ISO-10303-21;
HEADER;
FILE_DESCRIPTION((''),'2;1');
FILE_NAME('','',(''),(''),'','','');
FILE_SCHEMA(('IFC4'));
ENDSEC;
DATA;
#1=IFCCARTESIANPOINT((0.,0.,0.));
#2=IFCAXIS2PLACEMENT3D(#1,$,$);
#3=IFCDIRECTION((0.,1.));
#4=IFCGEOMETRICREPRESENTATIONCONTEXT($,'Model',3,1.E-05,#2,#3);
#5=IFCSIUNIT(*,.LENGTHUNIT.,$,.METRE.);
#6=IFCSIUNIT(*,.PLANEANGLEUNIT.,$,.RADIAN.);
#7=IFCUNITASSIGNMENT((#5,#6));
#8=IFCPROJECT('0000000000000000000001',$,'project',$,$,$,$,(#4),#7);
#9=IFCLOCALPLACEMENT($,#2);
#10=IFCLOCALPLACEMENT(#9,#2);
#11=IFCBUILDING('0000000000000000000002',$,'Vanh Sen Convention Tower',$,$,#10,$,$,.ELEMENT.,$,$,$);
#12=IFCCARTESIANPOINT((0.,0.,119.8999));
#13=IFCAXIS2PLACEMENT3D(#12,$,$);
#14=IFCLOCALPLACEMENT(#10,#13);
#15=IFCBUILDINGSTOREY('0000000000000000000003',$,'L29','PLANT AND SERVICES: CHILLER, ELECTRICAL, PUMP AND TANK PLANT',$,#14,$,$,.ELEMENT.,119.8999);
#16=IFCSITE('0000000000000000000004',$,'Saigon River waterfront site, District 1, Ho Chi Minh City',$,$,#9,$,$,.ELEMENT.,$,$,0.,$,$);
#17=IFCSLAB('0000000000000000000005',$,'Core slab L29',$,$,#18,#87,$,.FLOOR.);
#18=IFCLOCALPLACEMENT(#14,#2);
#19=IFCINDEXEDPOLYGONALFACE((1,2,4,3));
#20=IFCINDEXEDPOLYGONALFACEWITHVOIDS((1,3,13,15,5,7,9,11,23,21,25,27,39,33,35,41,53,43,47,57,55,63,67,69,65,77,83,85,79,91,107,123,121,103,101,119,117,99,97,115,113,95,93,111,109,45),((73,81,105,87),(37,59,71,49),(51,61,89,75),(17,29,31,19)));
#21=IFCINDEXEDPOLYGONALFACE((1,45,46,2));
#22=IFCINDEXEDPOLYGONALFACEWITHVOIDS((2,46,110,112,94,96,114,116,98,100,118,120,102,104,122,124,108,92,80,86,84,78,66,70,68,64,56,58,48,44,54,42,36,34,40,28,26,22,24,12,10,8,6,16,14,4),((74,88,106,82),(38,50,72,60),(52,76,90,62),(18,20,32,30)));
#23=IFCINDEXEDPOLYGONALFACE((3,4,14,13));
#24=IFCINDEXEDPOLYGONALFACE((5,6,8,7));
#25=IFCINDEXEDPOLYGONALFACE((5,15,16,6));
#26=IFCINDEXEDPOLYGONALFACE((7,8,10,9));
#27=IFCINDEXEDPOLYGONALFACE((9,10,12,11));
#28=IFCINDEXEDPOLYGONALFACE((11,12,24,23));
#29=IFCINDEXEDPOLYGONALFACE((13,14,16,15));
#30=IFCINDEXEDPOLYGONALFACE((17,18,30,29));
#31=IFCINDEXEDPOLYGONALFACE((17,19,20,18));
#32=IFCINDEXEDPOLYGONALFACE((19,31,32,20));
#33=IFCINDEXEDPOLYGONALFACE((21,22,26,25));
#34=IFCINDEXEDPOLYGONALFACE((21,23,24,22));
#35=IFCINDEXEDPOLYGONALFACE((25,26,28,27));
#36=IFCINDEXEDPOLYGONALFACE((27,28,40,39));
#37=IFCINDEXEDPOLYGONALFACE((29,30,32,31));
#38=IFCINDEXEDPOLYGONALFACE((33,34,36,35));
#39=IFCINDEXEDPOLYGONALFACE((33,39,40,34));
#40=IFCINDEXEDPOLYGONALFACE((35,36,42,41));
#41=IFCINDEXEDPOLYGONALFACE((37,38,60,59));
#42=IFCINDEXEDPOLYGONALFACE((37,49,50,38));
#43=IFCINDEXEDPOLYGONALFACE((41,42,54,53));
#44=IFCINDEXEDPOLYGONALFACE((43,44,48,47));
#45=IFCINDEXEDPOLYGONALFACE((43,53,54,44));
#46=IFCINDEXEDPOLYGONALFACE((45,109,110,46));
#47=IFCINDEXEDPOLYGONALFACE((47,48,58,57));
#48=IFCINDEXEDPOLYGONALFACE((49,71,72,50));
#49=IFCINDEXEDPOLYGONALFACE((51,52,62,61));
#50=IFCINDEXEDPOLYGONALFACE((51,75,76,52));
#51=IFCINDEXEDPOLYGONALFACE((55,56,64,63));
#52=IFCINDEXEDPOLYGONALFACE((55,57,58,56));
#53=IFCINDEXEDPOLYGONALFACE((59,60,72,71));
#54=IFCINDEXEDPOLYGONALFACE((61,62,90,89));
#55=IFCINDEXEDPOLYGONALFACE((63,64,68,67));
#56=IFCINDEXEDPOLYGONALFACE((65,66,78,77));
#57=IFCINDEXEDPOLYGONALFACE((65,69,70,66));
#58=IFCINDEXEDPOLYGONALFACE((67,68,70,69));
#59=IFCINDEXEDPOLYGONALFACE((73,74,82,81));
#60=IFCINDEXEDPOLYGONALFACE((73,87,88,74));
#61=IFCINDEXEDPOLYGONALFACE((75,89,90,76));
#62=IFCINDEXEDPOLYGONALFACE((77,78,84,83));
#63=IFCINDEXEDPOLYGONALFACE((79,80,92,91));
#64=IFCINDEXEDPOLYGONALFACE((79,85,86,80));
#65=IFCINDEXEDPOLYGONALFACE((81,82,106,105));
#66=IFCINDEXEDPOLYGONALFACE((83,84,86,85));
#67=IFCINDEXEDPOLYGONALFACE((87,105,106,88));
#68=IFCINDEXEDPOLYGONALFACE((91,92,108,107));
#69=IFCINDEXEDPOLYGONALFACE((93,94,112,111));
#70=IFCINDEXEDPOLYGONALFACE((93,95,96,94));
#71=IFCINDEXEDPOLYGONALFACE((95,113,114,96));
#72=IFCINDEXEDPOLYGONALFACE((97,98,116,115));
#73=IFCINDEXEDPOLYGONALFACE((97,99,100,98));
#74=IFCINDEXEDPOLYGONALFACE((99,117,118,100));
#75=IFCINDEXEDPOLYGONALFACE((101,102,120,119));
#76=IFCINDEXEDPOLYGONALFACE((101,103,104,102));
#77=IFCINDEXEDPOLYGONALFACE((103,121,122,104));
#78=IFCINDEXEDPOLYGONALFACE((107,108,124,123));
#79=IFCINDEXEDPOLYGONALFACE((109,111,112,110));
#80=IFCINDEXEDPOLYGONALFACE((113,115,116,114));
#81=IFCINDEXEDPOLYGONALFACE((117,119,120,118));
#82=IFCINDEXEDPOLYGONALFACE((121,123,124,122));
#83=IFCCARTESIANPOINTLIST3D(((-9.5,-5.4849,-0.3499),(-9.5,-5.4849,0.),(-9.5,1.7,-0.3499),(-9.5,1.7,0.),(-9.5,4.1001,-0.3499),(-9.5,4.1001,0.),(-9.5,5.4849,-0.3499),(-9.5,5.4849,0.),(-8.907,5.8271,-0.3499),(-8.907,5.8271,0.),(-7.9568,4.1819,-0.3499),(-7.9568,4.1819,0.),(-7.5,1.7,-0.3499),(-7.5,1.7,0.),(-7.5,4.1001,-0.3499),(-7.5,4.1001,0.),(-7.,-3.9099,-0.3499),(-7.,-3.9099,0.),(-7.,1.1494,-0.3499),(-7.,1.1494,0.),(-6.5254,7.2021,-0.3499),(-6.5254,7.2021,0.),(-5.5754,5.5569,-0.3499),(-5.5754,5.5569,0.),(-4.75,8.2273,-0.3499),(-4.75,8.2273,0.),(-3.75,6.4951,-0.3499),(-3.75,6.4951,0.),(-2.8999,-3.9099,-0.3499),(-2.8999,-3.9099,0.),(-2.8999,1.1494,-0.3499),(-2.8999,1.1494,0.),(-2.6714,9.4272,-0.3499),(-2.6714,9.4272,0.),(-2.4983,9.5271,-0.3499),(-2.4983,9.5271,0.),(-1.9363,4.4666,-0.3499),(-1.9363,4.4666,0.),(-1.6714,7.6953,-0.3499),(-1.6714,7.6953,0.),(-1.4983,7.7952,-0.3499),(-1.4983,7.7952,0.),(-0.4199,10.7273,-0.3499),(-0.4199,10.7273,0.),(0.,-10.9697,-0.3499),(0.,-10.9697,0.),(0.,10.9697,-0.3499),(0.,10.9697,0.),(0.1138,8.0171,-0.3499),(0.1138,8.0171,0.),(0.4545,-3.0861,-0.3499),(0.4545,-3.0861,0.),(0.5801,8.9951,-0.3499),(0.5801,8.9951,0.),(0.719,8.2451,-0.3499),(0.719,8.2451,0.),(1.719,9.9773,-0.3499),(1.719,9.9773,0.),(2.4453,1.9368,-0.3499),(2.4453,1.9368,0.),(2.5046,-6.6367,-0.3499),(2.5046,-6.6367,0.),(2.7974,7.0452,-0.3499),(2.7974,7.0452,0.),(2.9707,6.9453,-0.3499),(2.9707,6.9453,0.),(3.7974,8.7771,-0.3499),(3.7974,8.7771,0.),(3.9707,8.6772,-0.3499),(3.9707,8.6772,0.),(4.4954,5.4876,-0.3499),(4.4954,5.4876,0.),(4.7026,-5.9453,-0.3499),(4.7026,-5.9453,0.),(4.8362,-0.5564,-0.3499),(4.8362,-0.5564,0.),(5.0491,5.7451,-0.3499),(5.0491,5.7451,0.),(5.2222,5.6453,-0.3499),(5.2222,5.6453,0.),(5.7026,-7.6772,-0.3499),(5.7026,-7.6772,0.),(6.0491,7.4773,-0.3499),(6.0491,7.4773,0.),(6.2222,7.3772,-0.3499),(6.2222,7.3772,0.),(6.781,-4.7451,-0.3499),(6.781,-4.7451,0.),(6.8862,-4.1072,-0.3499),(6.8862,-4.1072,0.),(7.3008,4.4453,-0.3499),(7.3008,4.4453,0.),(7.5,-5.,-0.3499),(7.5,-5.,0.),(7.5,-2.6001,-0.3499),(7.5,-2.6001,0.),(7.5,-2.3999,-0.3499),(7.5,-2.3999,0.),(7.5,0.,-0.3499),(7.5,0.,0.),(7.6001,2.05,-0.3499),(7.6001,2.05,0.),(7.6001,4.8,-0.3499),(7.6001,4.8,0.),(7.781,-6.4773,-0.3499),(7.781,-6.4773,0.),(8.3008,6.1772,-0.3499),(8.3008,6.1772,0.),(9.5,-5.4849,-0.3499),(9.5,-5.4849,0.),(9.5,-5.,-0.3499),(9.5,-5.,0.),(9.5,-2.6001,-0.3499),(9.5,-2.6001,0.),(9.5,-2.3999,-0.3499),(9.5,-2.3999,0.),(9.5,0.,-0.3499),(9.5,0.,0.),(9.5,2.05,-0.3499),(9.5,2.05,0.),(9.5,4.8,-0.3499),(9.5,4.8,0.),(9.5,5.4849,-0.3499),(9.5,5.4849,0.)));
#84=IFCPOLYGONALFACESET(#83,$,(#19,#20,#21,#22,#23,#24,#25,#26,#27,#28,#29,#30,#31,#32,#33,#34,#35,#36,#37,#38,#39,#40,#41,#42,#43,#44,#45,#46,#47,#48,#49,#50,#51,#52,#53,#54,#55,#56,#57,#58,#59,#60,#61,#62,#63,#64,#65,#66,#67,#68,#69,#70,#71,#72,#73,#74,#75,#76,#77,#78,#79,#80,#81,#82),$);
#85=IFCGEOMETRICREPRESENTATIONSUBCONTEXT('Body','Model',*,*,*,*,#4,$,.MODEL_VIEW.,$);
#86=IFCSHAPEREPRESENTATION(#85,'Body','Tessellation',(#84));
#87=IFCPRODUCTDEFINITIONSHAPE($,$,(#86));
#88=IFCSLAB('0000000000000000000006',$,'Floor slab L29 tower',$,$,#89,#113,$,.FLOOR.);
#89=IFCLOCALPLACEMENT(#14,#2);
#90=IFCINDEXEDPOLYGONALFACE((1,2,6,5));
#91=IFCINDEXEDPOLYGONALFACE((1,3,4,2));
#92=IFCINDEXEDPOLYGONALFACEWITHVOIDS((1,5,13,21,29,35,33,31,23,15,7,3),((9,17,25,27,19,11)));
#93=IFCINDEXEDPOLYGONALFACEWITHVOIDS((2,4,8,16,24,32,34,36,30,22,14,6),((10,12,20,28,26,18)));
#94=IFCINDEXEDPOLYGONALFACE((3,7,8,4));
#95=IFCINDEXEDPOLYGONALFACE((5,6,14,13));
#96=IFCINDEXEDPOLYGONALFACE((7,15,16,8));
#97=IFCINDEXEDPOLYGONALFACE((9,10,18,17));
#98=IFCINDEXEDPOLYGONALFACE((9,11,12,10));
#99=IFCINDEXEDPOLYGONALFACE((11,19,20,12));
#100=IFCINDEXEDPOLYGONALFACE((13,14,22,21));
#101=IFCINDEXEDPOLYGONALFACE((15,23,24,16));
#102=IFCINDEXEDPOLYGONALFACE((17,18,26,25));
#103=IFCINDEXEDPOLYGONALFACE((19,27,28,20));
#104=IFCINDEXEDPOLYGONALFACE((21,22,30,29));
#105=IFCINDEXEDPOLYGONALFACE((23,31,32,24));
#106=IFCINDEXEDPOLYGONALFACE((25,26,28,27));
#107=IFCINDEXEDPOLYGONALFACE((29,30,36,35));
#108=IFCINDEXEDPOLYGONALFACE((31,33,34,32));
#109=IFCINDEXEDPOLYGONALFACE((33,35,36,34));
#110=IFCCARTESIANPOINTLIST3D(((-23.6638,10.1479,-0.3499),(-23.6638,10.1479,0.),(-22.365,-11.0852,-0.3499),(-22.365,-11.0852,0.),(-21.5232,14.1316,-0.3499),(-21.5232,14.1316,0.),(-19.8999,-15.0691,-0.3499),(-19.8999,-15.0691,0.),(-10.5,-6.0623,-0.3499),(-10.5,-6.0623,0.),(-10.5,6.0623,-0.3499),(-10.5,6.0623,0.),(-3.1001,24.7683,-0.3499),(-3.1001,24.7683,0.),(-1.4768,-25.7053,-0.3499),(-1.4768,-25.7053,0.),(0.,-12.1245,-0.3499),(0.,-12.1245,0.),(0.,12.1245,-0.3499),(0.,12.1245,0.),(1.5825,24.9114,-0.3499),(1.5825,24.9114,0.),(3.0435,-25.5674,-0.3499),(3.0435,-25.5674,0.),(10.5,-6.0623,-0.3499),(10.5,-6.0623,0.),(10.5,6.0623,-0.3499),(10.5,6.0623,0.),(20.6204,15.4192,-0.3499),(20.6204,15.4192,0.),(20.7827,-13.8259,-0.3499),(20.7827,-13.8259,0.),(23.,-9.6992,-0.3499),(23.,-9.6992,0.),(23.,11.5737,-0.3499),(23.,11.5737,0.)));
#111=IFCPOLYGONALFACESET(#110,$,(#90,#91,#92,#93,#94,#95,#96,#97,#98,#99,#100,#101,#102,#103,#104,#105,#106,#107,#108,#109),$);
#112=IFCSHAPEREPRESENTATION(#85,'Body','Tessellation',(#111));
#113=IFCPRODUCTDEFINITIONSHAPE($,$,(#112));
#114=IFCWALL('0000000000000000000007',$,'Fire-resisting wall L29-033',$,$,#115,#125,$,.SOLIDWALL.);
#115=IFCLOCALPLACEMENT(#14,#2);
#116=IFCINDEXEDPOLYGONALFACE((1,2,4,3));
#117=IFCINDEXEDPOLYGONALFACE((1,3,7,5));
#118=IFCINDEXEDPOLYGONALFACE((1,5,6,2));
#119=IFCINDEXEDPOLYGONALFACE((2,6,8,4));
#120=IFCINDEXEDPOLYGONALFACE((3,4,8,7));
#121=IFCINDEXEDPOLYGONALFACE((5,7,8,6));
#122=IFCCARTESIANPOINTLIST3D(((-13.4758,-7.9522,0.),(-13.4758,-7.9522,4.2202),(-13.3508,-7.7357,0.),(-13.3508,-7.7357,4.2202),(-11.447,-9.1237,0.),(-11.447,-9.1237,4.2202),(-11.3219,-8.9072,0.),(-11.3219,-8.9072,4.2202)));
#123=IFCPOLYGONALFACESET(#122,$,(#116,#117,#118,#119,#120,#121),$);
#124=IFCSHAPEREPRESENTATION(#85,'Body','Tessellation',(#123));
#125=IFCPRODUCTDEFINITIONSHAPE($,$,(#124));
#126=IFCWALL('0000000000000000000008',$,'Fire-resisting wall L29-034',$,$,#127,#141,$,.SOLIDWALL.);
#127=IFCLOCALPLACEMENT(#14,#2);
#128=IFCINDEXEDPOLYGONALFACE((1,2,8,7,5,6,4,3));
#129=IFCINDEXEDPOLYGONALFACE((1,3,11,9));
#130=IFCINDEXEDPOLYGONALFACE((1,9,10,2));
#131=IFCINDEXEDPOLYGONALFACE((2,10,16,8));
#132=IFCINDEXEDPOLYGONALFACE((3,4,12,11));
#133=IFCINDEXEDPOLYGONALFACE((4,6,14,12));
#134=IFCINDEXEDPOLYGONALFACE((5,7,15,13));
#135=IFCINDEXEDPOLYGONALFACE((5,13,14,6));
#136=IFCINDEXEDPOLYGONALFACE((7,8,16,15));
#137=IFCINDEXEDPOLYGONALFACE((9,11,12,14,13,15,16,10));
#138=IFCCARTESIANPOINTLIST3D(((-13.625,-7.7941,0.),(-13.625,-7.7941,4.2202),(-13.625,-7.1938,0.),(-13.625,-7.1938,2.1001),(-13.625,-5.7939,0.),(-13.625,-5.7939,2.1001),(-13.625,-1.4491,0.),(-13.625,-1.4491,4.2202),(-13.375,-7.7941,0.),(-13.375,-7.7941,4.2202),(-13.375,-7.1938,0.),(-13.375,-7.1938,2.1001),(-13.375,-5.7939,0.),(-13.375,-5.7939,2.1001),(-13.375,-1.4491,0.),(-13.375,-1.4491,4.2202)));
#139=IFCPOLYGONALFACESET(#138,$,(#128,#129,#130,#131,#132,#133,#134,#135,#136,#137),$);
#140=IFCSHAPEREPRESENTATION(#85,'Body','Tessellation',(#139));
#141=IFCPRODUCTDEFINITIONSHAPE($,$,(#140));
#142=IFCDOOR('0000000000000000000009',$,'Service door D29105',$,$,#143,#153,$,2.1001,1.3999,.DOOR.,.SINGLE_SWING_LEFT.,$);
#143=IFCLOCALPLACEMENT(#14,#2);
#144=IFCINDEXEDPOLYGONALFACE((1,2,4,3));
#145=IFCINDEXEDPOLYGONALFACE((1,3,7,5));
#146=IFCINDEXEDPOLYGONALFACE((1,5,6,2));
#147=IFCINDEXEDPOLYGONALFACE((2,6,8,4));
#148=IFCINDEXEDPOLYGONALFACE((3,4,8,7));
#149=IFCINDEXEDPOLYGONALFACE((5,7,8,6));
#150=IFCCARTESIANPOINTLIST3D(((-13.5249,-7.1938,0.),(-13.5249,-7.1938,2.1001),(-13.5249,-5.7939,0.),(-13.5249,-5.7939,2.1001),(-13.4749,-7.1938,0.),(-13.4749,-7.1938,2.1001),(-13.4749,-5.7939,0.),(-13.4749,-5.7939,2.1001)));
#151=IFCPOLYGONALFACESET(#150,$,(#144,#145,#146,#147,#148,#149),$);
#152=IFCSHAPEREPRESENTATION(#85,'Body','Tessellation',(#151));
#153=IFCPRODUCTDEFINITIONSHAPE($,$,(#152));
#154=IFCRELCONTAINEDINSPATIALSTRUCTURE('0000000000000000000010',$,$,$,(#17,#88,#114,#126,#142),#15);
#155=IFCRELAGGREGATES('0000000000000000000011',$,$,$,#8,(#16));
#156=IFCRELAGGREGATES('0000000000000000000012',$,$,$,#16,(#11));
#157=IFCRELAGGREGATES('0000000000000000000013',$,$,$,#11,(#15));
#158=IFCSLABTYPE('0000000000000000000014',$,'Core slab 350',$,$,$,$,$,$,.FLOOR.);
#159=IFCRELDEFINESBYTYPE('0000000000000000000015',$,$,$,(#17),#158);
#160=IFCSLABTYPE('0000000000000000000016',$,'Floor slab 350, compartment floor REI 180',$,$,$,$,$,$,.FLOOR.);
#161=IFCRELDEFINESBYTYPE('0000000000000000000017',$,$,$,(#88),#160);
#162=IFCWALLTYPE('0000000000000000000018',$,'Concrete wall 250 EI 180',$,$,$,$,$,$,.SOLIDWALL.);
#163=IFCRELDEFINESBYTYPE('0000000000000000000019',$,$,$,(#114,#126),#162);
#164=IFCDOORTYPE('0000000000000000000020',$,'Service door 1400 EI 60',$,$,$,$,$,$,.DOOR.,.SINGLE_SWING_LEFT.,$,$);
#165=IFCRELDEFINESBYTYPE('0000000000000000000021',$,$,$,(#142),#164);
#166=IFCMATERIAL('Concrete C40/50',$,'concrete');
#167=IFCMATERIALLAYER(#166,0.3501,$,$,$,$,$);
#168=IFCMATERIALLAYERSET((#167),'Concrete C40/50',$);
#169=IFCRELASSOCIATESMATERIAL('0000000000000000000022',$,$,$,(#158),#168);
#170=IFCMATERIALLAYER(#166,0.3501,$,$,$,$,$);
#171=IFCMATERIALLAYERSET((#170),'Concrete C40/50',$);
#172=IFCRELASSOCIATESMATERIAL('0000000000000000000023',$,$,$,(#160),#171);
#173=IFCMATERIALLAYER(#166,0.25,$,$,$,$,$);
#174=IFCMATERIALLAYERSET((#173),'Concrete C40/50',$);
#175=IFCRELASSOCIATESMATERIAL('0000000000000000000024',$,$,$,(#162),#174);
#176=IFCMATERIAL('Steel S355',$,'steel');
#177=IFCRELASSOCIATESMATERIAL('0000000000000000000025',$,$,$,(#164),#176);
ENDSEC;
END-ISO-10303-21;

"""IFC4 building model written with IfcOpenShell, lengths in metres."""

from ifc_helpers import new_model, si_unit, direction, frame, frame_2d, origin, place, context, subcontext, project, spatial, polyline, rectangle, outline, extrude, material, layer, layer_set, type_object, element, fill, save


model = new_model("IFC4")

# Units and contexts
model_context = context("Model", 3, precision=1e-05, world=origin(), true_north=direction((0.0, 1.0)))
body_context = subcontext(model_context, "Body", "Model", "MODEL_VIEW")
ifc_project = project(units=[si_unit("LENGTHUNIT", "METRE"), si_unit("PLANEANGLEUNIT", "RADIAN")], contexts=[model_context])

# Site, building, storey
site_placement = place(None, origin())
site = spatial("IfcSite", under=ifc_project, at=site_placement, Name="Saigon River waterfront site, District 1, Ho Chi Minh City", CompositionType="ELEMENT", RefElevation=0.0)
building_placement = place(site_placement, origin())
building = spatial("IfcBuilding", under=site, at=building_placement, Name="Vanh Sen Convention Tower", CompositionType="ELEMENT")
storey_placement = place(building_placement, frame((0.0, 0.0, 119.8999)))
storey = spatial("IfcBuildingStorey", under=building, at=storey_placement, Name="L29", Description="PLANT AND SERVICES: CHILLER, ELECTRICAL, PUMP AND TANK PLANT", CompositionType="ELEMENT", Elevation=119.8999)

# Slabs
ifc_material_1 = material(Name="Concrete C40/50", Category="concrete")
ifc_layer_1 = layer(ifc_material_1, 0.3501)
ifc_layer_set_1 = layer_set([ifc_layer_1], Name="Concrete C40/50")
slab_type_1 = type_object("IfcSlabType", Name="Core slab 350", PredefinedType="FLOOR", material=ifc_layer_set_1)
slab_1_placement = place(storey_placement, frame((0.0, 0.0, -0.3499)))
element("IfcSlab", 1, at=slab_1_placement, inside=storey, type_object=slab_type_1, Name="Core slab L29", PredefinedType="FLOOR", context=body_context, shape_type="SweptSolid", body=[
    extrude(outline(polyline([(9.5, 5.4849), (9.5, 4.8), (7.6001, 4.8), (7.6001, 2.05), (9.5, 2.05), (9.5, 0.0), (7.5, 0.0), (7.5, -2.3999), (9.5, -2.3999), (9.5, -2.6001), (7.5, -2.6001), (7.5, -5.0), (9.5, -5.0), (9.5, -5.4849), (0.0, -10.9697), (-9.5, -5.4849), (-9.5, 1.7), (-7.5, 1.7), (-7.5, 4.1001), (-9.5, 4.1001), (-9.5, 5.4849), (-8.907, 5.8271), (-7.9568, 4.1819), (-5.5754, 5.5569), (-6.5254, 7.2021), (-4.75, 8.2273), (-3.75, 6.4951), (-1.6714, 7.6953), (-2.6714, 9.4272), (-2.4983, 9.5271), (-1.4983, 7.7952), (0.5801, 8.9951), (-0.4199, 10.7273), (0.0, 10.9697), (1.719, 9.9773), (0.719, 8.2451), (2.7974, 7.0452), (3.7974, 8.7771), (3.9707, 8.6772), (2.9707, 6.9453), (5.0491, 5.7451), (6.0491, 7.4773), (6.2222, 7.3772), (5.2222, 5.6453), (7.3008, 4.4453), (8.3008, 6.1772), (9.5, 5.4849)]), holes=[polyline([(-7.0, 3.1499), (-7.0, -3.9099), (-2.8999, -3.9099), (-2.8999, 3.1499), (-2.8999, 1.1494), (-7.0, 1.1494), (-7.0, 3.1499)]), polyline([(4.4954, 5.4875), (6.228, 4.4873), (0.1138, 8.0171), (-1.9363, 4.4666), (2.4453, 1.9368), (4.4954, 5.4875)]), polyline([(7.781, -6.4773), (6.781, -4.7451), (4.7026, -5.9453), (5.7026, -7.6772), (7.781, -6.4773)]), polyline([(0.4546, -3.0862), (2.5046, -6.6367), (6.8862, -4.1072), (4.8362, -0.5564), (-1.2781, -4.0864), (0.4546, -3.0862)])]), origin(), (0.0, 0.0, 1.0), 0.3499),
])
ifc_layer_2 = layer(ifc_material_1, 0.3501)
ifc_layer_set_2 = layer_set([ifc_layer_2], Name="Concrete C40/50")
slab_type_2 = type_object("IfcSlabType", Name="Floor slab 350, compartment floor REI 180", PredefinedType="FLOOR", material=ifc_layer_set_2)
slab_2_placement = place(storey_placement, frame((0.0, 0.0, -0.3499)))
element("IfcSlab", 2, at=slab_2_placement, inside=storey, type_object=slab_type_2, Name="Floor slab L29 tower", PredefinedType="FLOOR", context=body_context, shape_type="SweptSolid", body=[
    extrude(outline(polyline([(23.0, -9.6992), (23.0, 11.5737), (20.6204, 15.4192), (1.5825, 24.9114), (-3.1001, 24.7683), (-21.5232, 14.1316), (-23.6638, 10.1479), (-22.365, -11.0852), (-19.8999, -15.0691), (-1.4768, -25.7053), (3.0435, -25.5674), (20.7827, -13.8259), (23.0, -9.6992)]), holes=[polyline([(0.0, 12.1245), (-10.5, 6.0623), (-10.5, -6.0623), (0.0, -12.1245), (10.5, -6.0623), (10.5, 6.0623), (0.0, 12.1245)])]), origin(), (0.0, 0.0, 1.0), 0.3499),
])

# Wall
ifc_layer_3 = layer(ifc_material_1, 0.25)
ifc_layer_set_3 = layer_set([ifc_layer_3], Name="Concrete C40/50")
wall_type_1 = type_object("IfcWallType", Name="Concrete wall 250 EI 180", PredefinedType="SOLIDWALL", material=ifc_layer_set_3)
wall_1_placement = place(storey_placement, frame((-13.4133, -7.844, 0.0), z_axis=(0.0, 0.0, 1.0), x_axis=(0.866016, -0.500017, 0.0)))
element("IfcWall", 3, at=wall_1_placement, inside=storey, type_object=wall_type_1, Name="Fire-resisting wall L29-033", PredefinedType="SOLIDWALL", context=body_context, shape_type="SweptSolid", body=[
    extrude(rectangle(XDim=2.3428, YDim=0.25, at=frame_2d((1.1714, 0.0))), origin(), (0.0, 0.0, 1.0), 4.2202),
])

# Wall, opening, door
wall_2_placement = place(storey_placement, frame((-13.5, -7.7939, 0.0), z_axis=(0.0, 0.0, 1.0), x_axis=(0.0, 1.0, 0.0)))
wall_2 = element("IfcWall", 4, at=wall_2_placement, inside=storey, type_object=wall_type_1, Name="Fire-resisting wall L29-034", PredefinedType="SOLIDWALL", context=body_context, shape_type="SweptSolid", body=[
    extrude(rectangle(XDim=6.345, YDim=0.25, at=frame_2d((3.1724, 0.0))), origin(), (0.0, 0.0, 1.0), 4.2202),
])
opening_1_placement = place(wall_2_placement, frame((0.6001, 0.0, 0.0)))
opening_1 = element("IfcOpeningElement", 5, at=opening_1_placement, cuts=wall_2, PredefinedType="OPENING", context=body_context, shape_type="SweptSolid", body=[
    extrude(rectangle(XDim=1.3999, YDim=2.1001, at=frame_2d((0.7, 1.05))), frame((0.0, 0.135, 0.0), z_axis=(0.0, -1.0, 0.0), x_axis=(1.0, 0.0, 0.0)), (0.0, 0.0, 1.0), 0.27),
])
ifc_material_2 = material(Name="Steel S355", Category="steel")
door_type_1 = type_object("IfcDoorType", Name="Service door 1400 EI 60", OperationType="SINGLE_SWING_LEFT", PredefinedType="DOOR", material=ifc_material_2)
door_1_placement = place(opening_1_placement, origin())
door_1 = element("IfcDoor", 6, at=door_1_placement, inside=storey, type_object=door_type_1, Name="Service door D29105", OperationType="SINGLE_SWING_LEFT", OverallHeight=2.1001, OverallWidth=1.3999, PredefinedType="DOOR", context=body_context, shape_type="SweptSolid", body=[
    extrude(rectangle(XDim=1.3999, YDim=2.1001, at=frame_2d((0.7, 1.05))), frame((0.0, 0.0249, 0.0), z_axis=(0.0, -1.0, 0.0), x_axis=(1.0, 0.0, 0.0)), (0.0, 0.0, 1.0), 0.05),
])
fill(opening_1, door_1)

save(model, "model.ifc")
